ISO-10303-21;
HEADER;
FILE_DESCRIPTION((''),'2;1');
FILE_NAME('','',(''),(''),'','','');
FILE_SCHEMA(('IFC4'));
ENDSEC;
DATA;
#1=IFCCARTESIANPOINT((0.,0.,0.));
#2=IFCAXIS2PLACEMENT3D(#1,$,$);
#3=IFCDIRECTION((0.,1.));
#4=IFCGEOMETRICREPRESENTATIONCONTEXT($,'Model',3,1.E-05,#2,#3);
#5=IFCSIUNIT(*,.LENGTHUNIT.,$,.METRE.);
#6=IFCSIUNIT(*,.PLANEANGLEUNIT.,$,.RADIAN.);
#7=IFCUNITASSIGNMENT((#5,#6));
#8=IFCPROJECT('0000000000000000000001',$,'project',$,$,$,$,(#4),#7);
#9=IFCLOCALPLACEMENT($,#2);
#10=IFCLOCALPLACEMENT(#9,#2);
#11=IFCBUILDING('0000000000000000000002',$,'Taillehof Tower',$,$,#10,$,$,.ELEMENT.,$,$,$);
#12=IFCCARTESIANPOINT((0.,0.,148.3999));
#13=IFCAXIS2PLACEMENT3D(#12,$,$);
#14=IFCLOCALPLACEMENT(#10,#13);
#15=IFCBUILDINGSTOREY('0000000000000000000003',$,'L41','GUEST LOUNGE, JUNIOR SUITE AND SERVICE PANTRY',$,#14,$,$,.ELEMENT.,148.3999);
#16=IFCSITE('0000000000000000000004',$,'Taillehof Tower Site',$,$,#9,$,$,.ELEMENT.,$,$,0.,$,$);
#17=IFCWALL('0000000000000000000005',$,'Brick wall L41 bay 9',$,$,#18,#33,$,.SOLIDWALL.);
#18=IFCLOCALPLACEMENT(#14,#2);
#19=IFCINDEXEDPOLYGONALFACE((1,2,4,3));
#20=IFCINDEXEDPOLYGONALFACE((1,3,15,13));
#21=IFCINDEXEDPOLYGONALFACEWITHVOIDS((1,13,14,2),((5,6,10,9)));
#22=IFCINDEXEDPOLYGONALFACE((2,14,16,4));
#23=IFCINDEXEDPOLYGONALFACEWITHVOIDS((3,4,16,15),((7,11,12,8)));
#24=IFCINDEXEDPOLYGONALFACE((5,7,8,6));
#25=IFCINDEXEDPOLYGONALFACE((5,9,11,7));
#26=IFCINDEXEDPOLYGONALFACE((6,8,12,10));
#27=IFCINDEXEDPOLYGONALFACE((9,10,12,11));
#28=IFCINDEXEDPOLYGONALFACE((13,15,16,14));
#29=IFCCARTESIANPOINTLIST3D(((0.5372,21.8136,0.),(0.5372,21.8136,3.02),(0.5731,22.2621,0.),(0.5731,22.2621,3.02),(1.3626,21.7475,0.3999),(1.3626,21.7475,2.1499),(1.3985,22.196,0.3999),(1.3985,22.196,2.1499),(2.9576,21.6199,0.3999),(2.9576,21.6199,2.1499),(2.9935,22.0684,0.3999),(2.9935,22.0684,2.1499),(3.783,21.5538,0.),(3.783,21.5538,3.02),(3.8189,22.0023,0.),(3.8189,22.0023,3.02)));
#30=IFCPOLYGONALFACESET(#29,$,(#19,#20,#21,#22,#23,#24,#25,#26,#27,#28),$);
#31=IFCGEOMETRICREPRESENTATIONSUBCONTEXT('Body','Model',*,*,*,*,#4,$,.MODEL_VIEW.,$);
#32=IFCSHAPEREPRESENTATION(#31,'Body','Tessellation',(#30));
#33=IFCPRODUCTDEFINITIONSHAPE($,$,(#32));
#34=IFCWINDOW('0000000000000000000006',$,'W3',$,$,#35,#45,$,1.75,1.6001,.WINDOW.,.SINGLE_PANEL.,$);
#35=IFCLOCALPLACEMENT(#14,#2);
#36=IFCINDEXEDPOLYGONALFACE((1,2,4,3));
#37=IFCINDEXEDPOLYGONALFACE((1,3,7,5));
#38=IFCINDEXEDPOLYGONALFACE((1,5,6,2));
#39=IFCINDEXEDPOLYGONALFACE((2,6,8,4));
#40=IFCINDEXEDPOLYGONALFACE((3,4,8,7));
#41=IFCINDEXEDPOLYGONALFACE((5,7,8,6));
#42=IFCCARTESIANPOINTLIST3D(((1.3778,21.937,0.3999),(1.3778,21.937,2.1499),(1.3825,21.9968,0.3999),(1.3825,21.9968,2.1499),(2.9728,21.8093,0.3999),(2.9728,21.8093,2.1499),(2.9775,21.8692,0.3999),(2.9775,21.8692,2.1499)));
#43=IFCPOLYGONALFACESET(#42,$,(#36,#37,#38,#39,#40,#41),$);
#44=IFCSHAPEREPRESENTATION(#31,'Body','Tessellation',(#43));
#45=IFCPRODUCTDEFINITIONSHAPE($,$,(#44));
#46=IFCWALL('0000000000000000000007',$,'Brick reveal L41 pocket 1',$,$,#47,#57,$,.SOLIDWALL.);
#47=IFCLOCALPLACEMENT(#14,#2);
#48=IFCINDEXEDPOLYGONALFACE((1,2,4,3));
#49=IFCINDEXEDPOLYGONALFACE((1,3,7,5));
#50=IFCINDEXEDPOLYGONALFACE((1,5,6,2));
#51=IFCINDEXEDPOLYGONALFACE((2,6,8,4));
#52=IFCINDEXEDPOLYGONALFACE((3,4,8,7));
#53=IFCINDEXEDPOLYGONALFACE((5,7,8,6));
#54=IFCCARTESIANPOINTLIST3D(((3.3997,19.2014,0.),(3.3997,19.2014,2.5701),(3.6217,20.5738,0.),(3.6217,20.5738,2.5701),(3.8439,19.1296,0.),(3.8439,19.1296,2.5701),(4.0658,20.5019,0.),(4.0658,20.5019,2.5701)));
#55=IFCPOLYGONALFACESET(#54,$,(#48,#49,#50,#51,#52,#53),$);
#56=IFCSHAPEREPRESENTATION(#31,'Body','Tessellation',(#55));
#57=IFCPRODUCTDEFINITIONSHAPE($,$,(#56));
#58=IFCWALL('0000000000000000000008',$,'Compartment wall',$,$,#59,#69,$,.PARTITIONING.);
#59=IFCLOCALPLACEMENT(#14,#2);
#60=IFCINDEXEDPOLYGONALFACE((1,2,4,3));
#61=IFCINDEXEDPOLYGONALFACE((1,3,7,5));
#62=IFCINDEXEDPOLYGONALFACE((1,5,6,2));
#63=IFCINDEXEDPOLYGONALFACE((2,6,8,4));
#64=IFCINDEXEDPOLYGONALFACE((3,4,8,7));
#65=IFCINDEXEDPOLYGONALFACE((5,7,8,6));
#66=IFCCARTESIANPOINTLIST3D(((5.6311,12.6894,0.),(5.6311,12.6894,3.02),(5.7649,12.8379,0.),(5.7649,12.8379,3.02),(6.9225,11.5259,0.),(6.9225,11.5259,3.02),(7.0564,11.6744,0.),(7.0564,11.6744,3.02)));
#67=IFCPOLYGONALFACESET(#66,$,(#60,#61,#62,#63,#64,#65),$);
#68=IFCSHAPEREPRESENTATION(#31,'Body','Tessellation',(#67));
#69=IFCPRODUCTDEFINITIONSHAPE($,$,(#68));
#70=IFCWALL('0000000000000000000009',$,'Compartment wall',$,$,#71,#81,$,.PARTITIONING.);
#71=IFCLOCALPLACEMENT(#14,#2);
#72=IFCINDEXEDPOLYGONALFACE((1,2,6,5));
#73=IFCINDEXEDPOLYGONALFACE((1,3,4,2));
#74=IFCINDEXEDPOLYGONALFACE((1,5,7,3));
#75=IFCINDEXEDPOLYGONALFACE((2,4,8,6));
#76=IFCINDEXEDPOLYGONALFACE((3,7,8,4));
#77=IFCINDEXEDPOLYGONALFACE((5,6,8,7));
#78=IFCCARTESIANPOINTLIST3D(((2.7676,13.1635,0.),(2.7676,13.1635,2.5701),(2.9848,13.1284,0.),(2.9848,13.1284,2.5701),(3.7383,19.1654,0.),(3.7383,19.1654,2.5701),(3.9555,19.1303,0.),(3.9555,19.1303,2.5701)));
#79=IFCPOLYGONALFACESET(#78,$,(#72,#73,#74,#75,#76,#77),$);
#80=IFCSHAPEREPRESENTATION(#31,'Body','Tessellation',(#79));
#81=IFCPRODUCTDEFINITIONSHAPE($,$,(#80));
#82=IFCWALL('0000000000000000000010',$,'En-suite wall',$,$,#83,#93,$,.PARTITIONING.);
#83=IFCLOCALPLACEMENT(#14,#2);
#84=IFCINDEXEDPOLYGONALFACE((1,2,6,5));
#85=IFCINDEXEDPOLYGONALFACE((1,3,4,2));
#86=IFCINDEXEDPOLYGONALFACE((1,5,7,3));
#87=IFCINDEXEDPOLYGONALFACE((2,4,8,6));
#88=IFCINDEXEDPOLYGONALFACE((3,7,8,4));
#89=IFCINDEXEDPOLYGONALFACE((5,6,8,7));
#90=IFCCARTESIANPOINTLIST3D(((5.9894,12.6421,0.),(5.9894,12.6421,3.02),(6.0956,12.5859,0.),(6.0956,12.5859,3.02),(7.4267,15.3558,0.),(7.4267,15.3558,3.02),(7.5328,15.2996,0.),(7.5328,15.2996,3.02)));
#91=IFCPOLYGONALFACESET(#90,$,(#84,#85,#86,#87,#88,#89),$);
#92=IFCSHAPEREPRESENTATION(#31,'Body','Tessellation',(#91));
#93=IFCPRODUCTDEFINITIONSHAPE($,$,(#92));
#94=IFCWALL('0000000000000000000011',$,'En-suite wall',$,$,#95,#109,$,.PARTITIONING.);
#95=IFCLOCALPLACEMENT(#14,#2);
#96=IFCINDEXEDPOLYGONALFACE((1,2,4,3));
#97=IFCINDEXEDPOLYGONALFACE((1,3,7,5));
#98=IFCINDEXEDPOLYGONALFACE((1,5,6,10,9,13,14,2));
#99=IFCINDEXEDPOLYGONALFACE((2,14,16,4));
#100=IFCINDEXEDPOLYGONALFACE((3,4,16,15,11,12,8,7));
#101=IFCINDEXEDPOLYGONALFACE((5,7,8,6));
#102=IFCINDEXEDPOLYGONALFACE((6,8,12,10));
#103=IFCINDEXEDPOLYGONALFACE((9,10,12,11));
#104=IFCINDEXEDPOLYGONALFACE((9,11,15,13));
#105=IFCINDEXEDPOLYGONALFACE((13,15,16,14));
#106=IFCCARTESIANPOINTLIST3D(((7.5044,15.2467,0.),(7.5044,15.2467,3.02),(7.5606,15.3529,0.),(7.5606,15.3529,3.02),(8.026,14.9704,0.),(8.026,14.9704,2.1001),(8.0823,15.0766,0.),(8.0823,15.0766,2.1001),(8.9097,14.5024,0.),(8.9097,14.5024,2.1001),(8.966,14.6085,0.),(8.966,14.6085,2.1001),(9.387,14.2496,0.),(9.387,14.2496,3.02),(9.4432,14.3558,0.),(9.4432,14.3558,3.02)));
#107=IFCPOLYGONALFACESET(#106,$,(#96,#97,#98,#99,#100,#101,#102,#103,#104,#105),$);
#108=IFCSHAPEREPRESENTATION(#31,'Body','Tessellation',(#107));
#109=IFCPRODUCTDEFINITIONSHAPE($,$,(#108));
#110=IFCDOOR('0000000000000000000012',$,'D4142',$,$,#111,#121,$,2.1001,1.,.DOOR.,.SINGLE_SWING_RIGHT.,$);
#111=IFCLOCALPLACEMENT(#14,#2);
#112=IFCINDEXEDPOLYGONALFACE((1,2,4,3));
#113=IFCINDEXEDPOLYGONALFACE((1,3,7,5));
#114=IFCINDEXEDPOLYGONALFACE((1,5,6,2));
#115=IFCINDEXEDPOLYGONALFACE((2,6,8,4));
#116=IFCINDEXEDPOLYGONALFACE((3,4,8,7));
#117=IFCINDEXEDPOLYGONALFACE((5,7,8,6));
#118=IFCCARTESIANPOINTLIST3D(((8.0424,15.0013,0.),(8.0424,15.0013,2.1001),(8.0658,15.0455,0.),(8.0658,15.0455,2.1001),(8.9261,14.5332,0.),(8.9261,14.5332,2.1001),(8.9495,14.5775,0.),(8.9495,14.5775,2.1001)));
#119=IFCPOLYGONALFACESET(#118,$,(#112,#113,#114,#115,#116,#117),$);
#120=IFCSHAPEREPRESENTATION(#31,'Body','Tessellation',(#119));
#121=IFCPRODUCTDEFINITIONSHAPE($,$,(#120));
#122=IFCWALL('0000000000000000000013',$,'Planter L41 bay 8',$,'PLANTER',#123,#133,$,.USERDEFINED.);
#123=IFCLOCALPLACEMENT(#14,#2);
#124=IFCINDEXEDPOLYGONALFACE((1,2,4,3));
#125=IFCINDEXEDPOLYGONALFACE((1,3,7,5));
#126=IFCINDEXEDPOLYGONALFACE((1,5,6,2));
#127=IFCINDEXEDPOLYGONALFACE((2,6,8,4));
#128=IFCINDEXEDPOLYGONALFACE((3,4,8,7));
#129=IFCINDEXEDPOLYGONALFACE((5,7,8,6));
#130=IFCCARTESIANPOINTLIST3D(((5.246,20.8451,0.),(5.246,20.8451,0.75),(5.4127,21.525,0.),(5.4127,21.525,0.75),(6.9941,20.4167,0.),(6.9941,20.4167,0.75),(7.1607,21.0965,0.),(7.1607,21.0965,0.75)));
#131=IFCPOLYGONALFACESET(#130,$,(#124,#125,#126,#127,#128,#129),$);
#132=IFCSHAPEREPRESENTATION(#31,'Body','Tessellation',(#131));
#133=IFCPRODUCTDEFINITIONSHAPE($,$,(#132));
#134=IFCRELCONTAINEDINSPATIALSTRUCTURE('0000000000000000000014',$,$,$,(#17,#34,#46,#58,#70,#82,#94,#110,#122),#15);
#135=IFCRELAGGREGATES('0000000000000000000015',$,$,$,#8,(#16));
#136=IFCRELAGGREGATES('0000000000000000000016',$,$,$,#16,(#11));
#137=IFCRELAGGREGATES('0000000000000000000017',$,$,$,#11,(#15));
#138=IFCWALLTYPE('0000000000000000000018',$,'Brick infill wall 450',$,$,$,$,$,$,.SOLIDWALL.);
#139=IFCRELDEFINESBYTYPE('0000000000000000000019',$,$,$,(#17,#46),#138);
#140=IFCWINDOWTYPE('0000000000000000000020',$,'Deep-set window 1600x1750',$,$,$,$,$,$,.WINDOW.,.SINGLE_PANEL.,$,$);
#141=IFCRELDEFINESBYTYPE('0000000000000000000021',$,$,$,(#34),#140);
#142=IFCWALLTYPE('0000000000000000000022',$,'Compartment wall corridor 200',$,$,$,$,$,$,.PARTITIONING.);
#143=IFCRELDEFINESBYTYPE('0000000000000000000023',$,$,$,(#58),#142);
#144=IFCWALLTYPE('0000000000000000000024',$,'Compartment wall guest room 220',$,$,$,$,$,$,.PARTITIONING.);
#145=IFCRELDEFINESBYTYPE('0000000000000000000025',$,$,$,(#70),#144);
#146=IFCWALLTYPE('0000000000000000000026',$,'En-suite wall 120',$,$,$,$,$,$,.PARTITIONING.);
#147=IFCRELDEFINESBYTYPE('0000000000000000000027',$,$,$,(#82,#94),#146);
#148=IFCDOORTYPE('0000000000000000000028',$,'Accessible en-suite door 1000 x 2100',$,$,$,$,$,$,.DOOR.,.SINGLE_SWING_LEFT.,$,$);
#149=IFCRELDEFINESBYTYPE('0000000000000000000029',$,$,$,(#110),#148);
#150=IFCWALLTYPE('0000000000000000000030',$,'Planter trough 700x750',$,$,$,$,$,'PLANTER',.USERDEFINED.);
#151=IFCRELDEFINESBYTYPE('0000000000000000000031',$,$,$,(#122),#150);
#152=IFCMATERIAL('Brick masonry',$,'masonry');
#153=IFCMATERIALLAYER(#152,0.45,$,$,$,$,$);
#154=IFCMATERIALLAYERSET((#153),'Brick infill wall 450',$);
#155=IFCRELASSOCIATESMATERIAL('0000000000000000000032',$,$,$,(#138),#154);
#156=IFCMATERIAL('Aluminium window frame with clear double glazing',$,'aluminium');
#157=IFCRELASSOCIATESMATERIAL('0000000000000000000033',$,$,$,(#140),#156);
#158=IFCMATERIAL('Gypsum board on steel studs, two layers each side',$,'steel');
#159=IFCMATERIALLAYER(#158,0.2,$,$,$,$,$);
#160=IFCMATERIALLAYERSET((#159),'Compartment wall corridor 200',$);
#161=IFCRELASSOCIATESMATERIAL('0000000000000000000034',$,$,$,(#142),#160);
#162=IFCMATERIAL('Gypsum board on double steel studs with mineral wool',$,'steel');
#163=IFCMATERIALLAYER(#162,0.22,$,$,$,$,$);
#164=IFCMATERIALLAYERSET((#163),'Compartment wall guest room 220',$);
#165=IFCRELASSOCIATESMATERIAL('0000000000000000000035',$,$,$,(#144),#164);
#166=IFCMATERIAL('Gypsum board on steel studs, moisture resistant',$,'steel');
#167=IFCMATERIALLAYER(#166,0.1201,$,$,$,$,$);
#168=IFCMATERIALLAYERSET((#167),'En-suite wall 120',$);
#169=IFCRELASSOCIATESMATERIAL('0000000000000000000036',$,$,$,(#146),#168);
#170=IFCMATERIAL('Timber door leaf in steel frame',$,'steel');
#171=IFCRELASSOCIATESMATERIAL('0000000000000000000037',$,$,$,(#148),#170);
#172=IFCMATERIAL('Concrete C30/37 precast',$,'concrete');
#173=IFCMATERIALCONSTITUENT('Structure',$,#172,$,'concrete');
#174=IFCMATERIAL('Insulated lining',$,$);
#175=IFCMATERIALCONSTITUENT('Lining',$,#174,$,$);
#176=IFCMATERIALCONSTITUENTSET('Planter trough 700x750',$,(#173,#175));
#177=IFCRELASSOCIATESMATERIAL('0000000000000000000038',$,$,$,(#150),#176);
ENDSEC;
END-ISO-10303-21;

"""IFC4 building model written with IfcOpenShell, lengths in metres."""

from ifc_helpers import new_model, si_unit, direction, frame, frame_2d, origin, place, context, subcontext, project, spatial, rectangle, extrude, material, layer, layer_set, constituent, constituent_set, type_object, element, fill, save


model = new_model("IFC4")

# Units and contexts
model_context = context("Model", 3, precision=1e-05, world=origin(), true_north=direction((0.0, 1.0)))
body_context = subcontext(model_context, "Body", "Model", "MODEL_VIEW")
ifc_project = project(units=[si_unit("LENGTHUNIT", "METRE"), si_unit("PLANEANGLEUNIT", "RADIAN")], contexts=[model_context])

# Site, building, storey
site_placement = place(None, origin())
site = spatial("IfcSite", under=ifc_project, at=site_placement, Name="Taillehof Tower Site", CompositionType="ELEMENT", RefElevation=0.0)
building_placement = place(site_placement, origin())
building = spatial("IfcBuilding", under=site, at=building_placement, Name="Taillehof Tower", CompositionType="ELEMENT")
storey_placement = place(building_placement, frame((0.0, 0.0, 148.3999)))
storey = spatial("IfcBuildingStorey", under=building, at=storey_placement, Name="L41", Description="GUEST LOUNGE, JUNIOR SUITE AND SERVICE PANTRY", CompositionType="ELEMENT", Elevation=148.3999)

# Wall, opening, window
ifc_material_1 = material(Name="Brick masonry", Category="masonry")
ifc_layer_1 = layer(ifc_material_1, 0.45)
ifc_layer_set_1 = layer_set([ifc_layer_1], Name="Brick infill wall 450")
wall_type_1 = type_object("IfcWallType", Name="Brick infill wall 450", PredefinedType="SOLIDWALL", material=ifc_layer_set_1)
wall_1_placement = place(storey_placement, frame((3.8008, 21.7781, 0.0), z_axis=(0.0, 0.0, 1.0), x_axis=(-0.996812, 0.079781, 0.0)))
wall_1 = element("IfcWall", 1, at=wall_1_placement, inside=storey, type_object=wall_type_1, Name="Brick wall L41 bay 9", PredefinedType="SOLIDWALL", context=body_context, shape_type="SweptSolid", body=[
    extrude(rectangle(XDim=3.2561, YDim=0.45, at=frame_2d((1.6279, 0.0))), origin(), (0.0, 0.0, 1.0), 3.02),
])
opening_1_placement = place(wall_1_placement, frame((0.8279, 0.0, 0.3999)))
opening_1 = element("IfcOpeningElement", 2, at=opening_1_placement, cuts=wall_1, PredefinedType="OPENING", context=body_context, shape_type="SweptSolid", body=[
    extrude(rectangle(XDim=1.6001, YDim=1.75, at=frame_2d((0.8, 0.875))), frame((0.0, 0.2349, 0.0), z_axis=(0.0, -1.0, 0.0), x_axis=(1.0, 0.0, 0.0)), (0.0, 0.0, 1.0), 0.47),
])
ifc_material_2 = material(Name="Aluminium window frame with clear double glazing", Category="aluminium")
window_type_1 = type_object("IfcWindowType", Name="Deep-set window 1600x1750", PartitioningType="SINGLE_PANEL", PredefinedType="WINDOW", material=ifc_material_2)
window_1_placement = place(opening_1_placement, origin())
window_1 = element("IfcWindow", 3, at=window_1_placement, inside=storey, type_object=window_type_1, Name="W3", OverallHeight=1.75, OverallWidth=1.6001, PartitioningType="SINGLE_PANEL", PredefinedType="WINDOW", context=body_context, shape_type="SweptSolid", body=[
    extrude(rectangle(XDim=1.6001, YDim=1.75, at=frame_2d((0.8, 0.875))), frame((0.0, 0.0349, 0.0), z_axis=(0.0, -1.0, 0.0), x_axis=(1.0, 0.0, 0.0)), (0.0, 0.0, 1.0), 0.0601),
])
fill(opening_1, window_1)

# Wall
wall_2_placement = place(storey_placement, frame((3.8438, 20.5378, 0.0), z_axis=(0.0, 0.0, 1.0), x_axis=(-0.159641, -0.987175, 0.0)))
element("IfcWall", 4, at=wall_2_placement, inside=storey, type_object=wall_type_1, Name="Brick reveal L41 pocket 1", PredefinedType="SOLIDWALL", context=body_context, shape_type="SweptSolid", body=[
    extrude(rectangle(XDim=1.3901, YDim=0.45, at=frame_2d((0.6951, 0.0))), origin(), (0.0, 0.0, 1.0), 2.5701),
])

# Walls
ifc_material_3 = material(Name="Gypsum board on steel studs, two layers each side", Category="steel")
ifc_layer_2 = layer(ifc_material_3, 0.2)
ifc_layer_set_2 = layer_set([ifc_layer_2], Name="Compartment wall corridor 200")
wall_type_2 = type_object("IfcWallType", Name="Compartment wall corridor 200", PredefinedType="PARTITIONING", material=ifc_layer_set_2)
wall_3_placement = place(storey_placement, frame((5.698, 12.7637, 0.0), z_axis=(0.0, 0.0, 1.0), x_axis=(0.742945, -0.669353, 0.0)))
element("IfcWall", 5, at=wall_3_placement, inside=storey, type_object=wall_type_2, Name="Compartment wall", PredefinedType="PARTITIONING", context=body_context, shape_type="SweptSolid", body=[
    extrude(rectangle(XDim=1.7383, YDim=0.2, at=frame_2d((0.8691, 0.0))), origin(), (0.0, 0.0, 1.0), 3.02),
])
ifc_material_4 = material(Name="Gypsum board on double steel studs with mineral wool", Category="steel")
ifc_layer_3 = layer(ifc_material_4, 0.22)
ifc_layer_set_3 = layer_set([ifc_layer_3], Name="Compartment wall guest room 220")
wall_type_3 = type_object("IfcWallType", Name="Compartment wall guest room 220", PredefinedType="PARTITIONING", material=ifc_layer_set_3)
wall_4_placement = place(storey_placement, frame((3.8469, 19.1479, 0.0), z_axis=(0.0, 0.0, 1.0), x_axis=(-0.159657, -0.987173, 0.0)))
element("IfcWall", 6, at=wall_4_placement, inside=storey, type_object=wall_type_3, Name="Compartment wall", PredefinedType="PARTITIONING", context=body_context, shape_type="SweptSolid", body=[
    extrude(rectangle(XDim=6.0798, YDim=0.22, at=frame_2d((3.04, 0.0))), origin(), (0.0, 0.0, 1.0), 2.5701),
])
ifc_material_5 = material(Name="Gypsum board on steel studs, moisture resistant", Category="steel")
ifc_layer_4 = layer(ifc_material_5, 0.1201)
ifc_layer_set_4 = layer_set([ifc_layer_4], Name="En-suite wall 120")
wall_type_4 = type_object("IfcWallType", Name="En-suite wall 120", PredefinedType="PARTITIONING", material=ifc_layer_set_4)
wall_5_placement = place(storey_placement, frame((6.0425, 12.614, 0.0), z_axis=(0.0, 0.0, 1.0), x_axis=(0.468048, 0.883703, 0.0)))
element("IfcWall", 7, at=wall_5_placement, inside=storey, type_object=wall_type_4, Name="En-suite wall", PredefinedType="PARTITIONING", context=body_context, shape_type="SweptSolid", body=[
    extrude(rectangle(XDim=3.0708, YDim=0.1201, at=frame_2d((1.5354, 0.0))), origin(), (0.0, 0.0, 1.0), 3.02),
])

# Wall, opening, door
wall_6_placement = place(storey_placement, frame((7.5325, 15.2998, 0.0), z_axis=(0.0, 0.0, 1.0), x_axis=(0.883707, -0.46804, 0.0)))
wall_6 = element("IfcWall", 8, at=wall_6_placement, inside=storey, type_object=wall_type_4, Name="En-suite wall", PredefinedType="PARTITIONING", context=body_context, shape_type="SweptSolid", body=[
    extrude(rectangle(XDim=2.1304, YDim=0.1201, at=frame_2d((1.0652, 0.0))), origin(), (0.0, 0.0, 1.0), 3.02),
])
opening_2_placement = place(wall_6_placement, frame((0.5903, 0.0, 0.0)))
opening_2 = element("IfcOpeningElement", 9, at=opening_2_placement, cuts=wall_6, PredefinedType="OPENING", context=body_context, shape_type="SweptSolid", body=[
    extrude(rectangle(XDim=1.0, YDim=2.1001, at=frame_2d((0.5, 1.05))), frame((0.0, 0.0701, 0.0), z_axis=(0.0, -1.0, 0.0), x_axis=(1.0, 0.0, 0.0)), (0.0, 0.0, 1.0), 0.1401),
])
ifc_material_6 = material(Name="Timber door leaf in steel frame", Category="steel")
door_type_1 = type_object("IfcDoorType", Name="Accessible en-suite door 1000 x 2100", OperationType="SINGLE_SWING_LEFT", PredefinedType="DOOR", material=ifc_material_6)
door_1_placement = place(opening_2_placement, origin())
door_1 = element("IfcDoor", 10, at=door_1_placement, inside=storey, type_object=door_type_1, Name="D4142", OperationType="SINGLE_SWING_RIGHT", OverallHeight=2.1001, OverallWidth=1.0, PredefinedType="DOOR", context=body_context, shape_type="SweptSolid", body=[
    extrude(rectangle(XDim=1.0, YDim=2.1001, at=frame_2d((0.5, 1.05))), frame((0.0, 0.0249, 0.0), z_axis=(0.0, -1.0, 0.0), x_axis=(1.0, 0.0, 0.0)), (0.0, 0.0, 1.0), 0.05),
])
fill(opening_2, door_1)

# Wall
ifc_material_7 = material(Name="Concrete C30/37 precast", Category="concrete")
ifc_constituent_1 = constituent(ifc_material_7, Name="Structure", Category="concrete")
ifc_material_8 = material(Name="Insulated lining")
ifc_constituent_2 = constituent(ifc_material_8, Name="Lining")
ifc_constituent_set = constituent_set(constituents=[ifc_constituent_1, ifc_constituent_2], Name="Planter trough 700x750")
wall_type_5 = type_object("IfcWallType", Name="Planter trough 700x750", ElementType="PLANTER", PredefinedType="USERDEFINED", material=ifc_constituent_set)
wall_7_placement = place(storey_placement, frame((7.0774, 20.7566, 0.0), z_axis=(0.0, 0.0, 1.0), x_axis=(-0.971249, 0.238065, 0.0)))
element("IfcWall", 11, at=wall_7_placement, inside=storey, type_object=wall_type_5, Name="Planter L41 bay 8", ObjectType="PLANTER", PredefinedType="USERDEFINED", context=body_context, shape_type="SweptSolid", body=[
    extrude(rectangle(XDim=1.7998, YDim=0.7, at=frame_2d((0.8999, 0.0))), origin(), (0.0, 0.0, 1.0), 0.75),
])

save(model, "model.ifc")
